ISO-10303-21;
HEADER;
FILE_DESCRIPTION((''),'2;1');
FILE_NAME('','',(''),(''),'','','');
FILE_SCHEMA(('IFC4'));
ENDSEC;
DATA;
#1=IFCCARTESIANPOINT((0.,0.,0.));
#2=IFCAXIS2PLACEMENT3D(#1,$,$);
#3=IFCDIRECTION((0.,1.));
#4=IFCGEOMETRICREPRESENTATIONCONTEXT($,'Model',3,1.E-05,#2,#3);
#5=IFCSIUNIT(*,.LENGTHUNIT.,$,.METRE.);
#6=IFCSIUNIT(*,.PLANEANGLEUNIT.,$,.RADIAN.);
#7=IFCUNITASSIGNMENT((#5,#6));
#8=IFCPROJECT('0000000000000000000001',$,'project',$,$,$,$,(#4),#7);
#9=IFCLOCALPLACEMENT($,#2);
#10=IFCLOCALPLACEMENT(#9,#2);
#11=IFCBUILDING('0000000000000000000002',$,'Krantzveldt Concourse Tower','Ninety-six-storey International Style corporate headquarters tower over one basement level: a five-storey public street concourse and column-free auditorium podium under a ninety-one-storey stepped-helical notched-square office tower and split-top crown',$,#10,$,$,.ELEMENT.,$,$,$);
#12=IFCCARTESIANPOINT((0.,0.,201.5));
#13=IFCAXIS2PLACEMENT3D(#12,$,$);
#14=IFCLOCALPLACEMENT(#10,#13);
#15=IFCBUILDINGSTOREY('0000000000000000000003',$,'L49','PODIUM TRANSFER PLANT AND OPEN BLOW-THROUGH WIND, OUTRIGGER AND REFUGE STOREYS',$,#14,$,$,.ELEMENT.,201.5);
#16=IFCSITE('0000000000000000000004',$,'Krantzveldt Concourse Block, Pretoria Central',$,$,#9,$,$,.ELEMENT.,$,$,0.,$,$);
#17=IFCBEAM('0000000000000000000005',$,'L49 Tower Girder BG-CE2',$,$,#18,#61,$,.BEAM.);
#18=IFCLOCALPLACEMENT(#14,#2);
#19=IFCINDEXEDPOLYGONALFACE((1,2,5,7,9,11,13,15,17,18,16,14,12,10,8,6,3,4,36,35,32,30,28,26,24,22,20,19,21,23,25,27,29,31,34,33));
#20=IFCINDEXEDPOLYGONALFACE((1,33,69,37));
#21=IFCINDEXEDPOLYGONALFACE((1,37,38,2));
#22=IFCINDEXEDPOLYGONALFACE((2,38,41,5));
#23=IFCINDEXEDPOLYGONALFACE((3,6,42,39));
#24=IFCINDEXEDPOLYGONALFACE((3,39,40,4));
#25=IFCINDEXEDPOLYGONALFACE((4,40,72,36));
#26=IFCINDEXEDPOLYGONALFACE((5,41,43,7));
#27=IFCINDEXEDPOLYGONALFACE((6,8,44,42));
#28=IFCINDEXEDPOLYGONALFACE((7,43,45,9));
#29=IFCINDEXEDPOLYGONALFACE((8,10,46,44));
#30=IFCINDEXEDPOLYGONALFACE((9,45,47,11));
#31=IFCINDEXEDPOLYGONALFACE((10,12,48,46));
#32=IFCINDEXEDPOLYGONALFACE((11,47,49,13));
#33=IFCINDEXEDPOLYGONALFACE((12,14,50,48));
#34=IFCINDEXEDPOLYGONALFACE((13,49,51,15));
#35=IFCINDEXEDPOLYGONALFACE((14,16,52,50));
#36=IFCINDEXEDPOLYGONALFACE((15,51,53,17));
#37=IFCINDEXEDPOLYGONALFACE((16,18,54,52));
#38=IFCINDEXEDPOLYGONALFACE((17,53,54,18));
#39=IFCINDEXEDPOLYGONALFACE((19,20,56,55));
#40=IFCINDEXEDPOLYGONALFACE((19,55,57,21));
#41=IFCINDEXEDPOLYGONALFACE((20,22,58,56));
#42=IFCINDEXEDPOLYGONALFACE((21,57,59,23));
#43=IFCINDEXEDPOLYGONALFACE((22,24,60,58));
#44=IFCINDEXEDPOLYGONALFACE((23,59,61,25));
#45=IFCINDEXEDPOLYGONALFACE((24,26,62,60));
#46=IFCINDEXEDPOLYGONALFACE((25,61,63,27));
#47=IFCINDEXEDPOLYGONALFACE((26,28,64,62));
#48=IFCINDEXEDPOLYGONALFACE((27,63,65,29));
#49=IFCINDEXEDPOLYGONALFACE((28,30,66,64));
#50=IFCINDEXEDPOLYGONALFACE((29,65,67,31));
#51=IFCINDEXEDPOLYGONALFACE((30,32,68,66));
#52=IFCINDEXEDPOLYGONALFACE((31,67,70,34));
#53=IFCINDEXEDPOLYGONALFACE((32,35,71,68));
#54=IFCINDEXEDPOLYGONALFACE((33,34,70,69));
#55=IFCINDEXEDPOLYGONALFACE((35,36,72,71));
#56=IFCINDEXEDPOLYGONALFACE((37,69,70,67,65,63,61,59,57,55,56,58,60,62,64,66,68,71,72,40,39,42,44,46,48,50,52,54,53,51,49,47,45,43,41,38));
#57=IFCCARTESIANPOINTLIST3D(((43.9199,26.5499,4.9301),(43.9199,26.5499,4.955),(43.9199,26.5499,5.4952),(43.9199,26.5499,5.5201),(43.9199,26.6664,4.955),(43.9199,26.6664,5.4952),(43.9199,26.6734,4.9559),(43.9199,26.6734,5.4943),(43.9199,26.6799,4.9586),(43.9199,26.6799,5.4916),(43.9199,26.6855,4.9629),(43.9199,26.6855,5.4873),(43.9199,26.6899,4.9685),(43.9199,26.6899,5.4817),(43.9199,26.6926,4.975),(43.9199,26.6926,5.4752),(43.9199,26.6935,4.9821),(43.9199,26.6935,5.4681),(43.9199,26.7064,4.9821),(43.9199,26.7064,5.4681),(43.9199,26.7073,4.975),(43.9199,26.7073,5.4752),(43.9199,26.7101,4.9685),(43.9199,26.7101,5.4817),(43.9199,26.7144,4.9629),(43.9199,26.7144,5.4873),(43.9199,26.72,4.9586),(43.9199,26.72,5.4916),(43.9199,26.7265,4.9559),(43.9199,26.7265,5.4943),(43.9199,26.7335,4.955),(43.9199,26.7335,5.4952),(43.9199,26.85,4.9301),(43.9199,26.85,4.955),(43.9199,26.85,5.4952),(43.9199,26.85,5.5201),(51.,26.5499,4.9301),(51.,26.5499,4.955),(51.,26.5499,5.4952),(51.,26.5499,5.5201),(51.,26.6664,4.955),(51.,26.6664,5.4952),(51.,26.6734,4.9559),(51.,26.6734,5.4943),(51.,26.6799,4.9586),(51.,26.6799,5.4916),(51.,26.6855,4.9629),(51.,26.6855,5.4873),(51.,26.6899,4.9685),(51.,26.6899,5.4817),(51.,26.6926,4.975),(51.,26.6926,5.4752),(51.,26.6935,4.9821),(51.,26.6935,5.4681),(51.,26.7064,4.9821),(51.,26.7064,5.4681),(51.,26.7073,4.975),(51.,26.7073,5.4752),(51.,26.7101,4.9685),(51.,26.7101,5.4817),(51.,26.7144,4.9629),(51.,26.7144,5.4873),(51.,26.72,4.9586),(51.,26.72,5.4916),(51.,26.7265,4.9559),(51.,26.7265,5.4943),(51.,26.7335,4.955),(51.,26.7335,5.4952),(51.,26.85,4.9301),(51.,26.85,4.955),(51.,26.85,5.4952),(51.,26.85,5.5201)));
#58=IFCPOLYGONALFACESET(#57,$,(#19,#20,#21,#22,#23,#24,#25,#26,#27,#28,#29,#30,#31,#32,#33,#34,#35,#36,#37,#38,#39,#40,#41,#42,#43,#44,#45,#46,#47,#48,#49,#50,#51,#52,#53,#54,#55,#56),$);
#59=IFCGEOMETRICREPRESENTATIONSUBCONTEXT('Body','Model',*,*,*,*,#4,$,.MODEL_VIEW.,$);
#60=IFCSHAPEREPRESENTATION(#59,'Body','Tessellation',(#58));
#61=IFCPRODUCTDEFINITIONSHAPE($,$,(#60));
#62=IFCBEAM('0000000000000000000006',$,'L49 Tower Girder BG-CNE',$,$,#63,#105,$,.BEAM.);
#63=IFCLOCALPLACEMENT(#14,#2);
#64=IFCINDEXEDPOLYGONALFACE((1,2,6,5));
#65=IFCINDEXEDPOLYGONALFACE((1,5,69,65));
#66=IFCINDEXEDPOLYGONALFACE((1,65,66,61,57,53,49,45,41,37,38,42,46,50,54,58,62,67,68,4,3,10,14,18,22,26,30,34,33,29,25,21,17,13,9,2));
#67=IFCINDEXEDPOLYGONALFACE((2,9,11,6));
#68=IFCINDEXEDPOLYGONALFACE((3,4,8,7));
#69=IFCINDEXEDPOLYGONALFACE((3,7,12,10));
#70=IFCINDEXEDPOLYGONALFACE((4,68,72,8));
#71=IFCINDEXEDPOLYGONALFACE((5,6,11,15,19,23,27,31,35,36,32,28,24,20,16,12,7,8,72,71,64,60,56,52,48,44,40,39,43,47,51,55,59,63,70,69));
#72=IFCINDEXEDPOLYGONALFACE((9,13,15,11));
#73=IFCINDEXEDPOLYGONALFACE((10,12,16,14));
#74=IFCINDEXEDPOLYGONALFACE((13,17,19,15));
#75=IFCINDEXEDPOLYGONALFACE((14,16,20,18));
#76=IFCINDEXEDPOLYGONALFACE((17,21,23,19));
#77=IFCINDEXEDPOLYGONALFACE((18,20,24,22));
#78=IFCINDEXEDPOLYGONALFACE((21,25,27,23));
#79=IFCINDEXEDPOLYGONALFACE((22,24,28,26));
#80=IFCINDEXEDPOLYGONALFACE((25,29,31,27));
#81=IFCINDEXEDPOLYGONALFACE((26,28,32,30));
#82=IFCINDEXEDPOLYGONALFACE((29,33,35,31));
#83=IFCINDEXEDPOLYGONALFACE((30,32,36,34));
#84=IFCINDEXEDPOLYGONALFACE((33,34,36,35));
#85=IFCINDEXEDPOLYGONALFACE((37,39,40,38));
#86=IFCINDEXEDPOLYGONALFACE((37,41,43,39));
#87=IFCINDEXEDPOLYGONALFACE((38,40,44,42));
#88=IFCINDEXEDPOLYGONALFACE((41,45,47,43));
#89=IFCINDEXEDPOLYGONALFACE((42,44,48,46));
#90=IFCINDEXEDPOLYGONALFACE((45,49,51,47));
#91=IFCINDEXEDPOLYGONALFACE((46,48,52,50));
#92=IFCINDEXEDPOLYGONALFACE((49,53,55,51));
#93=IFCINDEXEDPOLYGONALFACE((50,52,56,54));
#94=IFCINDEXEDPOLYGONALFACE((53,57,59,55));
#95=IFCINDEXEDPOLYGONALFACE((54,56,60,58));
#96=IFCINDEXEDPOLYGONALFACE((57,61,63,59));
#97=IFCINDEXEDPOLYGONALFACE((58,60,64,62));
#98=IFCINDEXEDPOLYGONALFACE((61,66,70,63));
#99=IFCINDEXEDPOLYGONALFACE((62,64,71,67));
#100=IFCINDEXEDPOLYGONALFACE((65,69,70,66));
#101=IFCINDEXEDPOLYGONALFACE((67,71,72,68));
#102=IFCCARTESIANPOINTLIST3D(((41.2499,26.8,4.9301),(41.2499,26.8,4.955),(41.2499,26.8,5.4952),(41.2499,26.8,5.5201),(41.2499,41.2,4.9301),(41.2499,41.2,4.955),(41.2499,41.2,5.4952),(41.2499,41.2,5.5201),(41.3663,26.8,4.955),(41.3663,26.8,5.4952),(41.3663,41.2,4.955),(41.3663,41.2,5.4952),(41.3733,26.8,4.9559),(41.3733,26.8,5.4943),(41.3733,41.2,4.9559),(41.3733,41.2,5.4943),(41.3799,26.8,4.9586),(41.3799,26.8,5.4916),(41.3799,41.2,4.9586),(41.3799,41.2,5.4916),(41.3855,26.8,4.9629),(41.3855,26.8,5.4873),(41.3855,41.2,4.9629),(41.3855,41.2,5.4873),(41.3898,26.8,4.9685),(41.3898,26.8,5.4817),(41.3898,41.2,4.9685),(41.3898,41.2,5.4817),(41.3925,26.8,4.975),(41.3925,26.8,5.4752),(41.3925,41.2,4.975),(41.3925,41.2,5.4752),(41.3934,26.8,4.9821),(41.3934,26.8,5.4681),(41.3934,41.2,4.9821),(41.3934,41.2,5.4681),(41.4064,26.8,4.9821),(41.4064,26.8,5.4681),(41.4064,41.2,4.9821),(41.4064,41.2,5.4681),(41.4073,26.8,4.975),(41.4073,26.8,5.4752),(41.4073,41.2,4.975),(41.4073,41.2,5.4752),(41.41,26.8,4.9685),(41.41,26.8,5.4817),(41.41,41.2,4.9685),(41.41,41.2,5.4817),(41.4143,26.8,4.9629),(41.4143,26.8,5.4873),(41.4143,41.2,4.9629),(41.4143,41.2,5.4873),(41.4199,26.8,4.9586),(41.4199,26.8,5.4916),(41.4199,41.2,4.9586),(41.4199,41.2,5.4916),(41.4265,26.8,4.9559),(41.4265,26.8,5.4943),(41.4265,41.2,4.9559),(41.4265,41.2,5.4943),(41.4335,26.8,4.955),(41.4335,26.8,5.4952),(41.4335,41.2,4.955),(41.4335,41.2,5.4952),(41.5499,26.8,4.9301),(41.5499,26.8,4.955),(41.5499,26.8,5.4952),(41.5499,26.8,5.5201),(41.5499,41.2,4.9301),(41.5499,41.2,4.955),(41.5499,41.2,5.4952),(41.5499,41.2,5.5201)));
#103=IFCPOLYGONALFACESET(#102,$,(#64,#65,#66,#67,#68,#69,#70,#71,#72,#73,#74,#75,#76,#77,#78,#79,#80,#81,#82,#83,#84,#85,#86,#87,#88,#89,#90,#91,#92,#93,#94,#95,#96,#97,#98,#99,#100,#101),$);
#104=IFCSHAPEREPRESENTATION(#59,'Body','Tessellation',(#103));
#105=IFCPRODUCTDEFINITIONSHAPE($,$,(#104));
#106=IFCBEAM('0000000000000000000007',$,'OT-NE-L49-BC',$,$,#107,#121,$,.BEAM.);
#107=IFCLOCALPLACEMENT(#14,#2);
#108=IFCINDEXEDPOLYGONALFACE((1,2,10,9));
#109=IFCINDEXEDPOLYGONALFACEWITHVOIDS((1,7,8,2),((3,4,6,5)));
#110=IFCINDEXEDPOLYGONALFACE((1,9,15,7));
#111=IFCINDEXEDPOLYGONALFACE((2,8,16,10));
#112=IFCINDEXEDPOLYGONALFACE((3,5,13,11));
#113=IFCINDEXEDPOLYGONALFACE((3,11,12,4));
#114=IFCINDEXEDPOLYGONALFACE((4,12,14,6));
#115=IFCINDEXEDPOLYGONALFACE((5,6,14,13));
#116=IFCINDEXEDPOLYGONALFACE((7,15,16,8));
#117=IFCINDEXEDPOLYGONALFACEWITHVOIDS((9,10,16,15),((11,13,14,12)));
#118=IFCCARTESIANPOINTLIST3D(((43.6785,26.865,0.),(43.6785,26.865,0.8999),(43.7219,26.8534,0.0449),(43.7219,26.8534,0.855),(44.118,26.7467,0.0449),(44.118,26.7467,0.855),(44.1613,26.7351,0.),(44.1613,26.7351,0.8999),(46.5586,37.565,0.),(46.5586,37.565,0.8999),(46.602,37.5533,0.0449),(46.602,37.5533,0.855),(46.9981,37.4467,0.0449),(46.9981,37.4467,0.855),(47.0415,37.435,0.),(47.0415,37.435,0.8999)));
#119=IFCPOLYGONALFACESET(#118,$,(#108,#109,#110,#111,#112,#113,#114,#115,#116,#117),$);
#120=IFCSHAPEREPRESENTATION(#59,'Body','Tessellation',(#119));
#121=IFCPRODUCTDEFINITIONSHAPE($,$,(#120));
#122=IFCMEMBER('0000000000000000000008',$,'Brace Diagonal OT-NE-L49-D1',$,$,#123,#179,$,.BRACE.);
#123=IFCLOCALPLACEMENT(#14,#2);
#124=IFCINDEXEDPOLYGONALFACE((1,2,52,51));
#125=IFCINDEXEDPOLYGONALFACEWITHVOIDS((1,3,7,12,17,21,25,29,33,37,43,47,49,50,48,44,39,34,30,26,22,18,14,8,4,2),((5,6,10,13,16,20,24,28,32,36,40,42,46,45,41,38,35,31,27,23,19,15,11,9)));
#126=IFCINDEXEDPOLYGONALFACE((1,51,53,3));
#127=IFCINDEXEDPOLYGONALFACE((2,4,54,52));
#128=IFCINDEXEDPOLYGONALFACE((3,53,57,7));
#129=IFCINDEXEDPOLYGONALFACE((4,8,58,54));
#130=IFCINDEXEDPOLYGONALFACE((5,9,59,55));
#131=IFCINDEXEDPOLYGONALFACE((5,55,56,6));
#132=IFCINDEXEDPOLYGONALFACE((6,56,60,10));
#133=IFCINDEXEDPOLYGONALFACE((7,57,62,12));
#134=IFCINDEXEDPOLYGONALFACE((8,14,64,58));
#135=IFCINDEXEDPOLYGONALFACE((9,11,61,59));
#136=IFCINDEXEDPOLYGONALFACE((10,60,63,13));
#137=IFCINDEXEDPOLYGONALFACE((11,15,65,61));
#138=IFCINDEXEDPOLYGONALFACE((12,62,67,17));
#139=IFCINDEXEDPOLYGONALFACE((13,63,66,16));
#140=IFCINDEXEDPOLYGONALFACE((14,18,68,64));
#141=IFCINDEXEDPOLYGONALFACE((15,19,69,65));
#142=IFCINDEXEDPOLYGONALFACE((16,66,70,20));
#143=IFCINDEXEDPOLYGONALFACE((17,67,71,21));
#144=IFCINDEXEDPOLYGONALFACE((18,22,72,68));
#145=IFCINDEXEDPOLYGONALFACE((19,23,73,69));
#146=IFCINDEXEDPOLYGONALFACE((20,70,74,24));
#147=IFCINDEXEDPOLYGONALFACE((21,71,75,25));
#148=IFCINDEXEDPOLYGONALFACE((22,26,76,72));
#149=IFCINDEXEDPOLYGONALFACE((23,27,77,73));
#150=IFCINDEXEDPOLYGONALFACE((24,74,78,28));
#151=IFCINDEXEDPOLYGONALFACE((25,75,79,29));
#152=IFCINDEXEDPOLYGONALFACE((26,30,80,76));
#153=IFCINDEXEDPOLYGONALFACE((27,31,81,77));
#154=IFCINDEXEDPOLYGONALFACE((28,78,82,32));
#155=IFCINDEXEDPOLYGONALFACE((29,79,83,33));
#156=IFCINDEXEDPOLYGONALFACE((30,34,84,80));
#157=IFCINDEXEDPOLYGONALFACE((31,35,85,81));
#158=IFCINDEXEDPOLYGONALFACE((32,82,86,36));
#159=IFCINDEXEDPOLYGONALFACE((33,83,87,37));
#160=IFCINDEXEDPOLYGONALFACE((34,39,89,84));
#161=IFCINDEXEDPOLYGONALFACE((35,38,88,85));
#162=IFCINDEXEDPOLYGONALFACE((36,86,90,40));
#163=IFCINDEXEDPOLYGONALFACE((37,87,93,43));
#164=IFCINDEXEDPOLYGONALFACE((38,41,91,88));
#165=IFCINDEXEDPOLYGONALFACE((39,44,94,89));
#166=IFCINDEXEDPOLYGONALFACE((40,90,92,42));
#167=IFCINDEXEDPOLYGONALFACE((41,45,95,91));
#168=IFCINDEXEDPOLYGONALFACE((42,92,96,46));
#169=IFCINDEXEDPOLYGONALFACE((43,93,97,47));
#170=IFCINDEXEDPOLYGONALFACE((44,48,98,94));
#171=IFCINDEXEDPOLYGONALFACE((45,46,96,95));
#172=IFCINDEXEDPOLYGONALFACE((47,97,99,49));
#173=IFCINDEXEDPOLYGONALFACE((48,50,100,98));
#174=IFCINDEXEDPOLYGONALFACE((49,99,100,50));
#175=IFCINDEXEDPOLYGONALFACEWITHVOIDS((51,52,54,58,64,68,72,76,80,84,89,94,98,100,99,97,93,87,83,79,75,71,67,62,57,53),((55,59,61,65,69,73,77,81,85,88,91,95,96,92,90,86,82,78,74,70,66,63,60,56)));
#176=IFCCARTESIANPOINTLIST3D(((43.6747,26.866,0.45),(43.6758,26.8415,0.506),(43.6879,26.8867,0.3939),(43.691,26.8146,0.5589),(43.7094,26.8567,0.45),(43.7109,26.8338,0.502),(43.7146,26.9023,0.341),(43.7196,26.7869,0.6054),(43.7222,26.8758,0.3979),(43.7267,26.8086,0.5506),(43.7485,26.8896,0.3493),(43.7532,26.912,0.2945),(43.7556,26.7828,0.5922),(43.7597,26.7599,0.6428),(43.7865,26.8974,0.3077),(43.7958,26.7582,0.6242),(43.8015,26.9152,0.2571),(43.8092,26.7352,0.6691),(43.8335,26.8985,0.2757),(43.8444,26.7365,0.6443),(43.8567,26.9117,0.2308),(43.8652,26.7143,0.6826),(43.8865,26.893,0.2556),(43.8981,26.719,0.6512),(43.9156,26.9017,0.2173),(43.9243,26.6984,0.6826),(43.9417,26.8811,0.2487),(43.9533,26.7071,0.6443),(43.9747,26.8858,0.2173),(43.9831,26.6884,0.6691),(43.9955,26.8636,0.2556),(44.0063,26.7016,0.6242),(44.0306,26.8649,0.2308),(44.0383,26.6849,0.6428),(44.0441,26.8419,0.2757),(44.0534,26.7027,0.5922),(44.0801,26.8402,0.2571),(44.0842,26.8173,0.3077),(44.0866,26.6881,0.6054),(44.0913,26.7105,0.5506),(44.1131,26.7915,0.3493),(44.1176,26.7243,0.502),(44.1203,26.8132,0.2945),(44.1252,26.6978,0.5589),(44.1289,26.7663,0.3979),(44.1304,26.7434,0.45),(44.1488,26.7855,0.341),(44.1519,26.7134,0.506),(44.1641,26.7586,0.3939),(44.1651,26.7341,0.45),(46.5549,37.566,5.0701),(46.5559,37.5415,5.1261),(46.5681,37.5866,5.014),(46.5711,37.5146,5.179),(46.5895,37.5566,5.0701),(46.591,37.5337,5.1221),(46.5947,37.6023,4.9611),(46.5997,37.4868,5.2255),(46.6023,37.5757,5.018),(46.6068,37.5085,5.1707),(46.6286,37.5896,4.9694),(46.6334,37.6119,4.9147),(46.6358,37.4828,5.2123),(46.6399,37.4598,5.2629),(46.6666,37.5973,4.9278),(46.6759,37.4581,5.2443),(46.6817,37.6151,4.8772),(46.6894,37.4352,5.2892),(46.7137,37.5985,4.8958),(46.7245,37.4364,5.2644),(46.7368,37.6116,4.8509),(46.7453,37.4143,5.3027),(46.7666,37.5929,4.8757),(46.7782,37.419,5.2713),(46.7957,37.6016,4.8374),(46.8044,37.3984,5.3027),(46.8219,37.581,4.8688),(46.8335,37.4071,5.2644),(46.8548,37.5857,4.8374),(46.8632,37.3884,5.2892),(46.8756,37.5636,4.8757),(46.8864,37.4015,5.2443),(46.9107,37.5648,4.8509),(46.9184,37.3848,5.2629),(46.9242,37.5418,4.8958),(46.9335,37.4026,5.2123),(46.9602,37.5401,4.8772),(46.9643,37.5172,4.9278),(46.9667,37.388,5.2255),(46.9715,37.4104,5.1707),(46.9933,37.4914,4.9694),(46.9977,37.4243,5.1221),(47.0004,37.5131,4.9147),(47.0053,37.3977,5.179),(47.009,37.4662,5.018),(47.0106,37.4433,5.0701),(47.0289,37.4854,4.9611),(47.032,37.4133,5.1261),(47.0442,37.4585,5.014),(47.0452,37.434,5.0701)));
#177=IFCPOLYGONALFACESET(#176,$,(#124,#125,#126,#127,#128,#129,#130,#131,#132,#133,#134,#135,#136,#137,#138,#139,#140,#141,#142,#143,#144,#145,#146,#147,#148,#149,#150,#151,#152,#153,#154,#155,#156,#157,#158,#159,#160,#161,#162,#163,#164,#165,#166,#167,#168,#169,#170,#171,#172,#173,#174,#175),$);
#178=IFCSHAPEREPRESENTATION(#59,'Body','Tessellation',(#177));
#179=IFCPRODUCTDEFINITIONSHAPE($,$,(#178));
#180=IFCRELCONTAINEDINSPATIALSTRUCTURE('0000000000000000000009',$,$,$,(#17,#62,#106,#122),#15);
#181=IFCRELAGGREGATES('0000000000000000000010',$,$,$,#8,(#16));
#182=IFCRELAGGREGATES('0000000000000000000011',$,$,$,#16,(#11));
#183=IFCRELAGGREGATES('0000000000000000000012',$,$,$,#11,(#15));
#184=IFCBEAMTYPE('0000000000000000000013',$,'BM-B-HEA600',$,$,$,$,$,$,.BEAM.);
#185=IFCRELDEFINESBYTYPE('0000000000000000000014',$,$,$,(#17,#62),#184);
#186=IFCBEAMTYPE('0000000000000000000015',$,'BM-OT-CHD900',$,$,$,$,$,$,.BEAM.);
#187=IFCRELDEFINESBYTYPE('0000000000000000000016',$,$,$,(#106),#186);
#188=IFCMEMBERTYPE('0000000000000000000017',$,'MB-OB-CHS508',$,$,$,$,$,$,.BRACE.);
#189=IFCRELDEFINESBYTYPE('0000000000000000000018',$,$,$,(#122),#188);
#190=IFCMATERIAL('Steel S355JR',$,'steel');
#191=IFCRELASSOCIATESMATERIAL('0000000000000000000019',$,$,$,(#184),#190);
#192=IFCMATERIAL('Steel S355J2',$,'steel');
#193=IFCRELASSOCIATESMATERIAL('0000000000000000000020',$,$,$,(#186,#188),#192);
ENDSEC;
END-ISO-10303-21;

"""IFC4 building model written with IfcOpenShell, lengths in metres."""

from ifc_helpers import new_model, si_unit, direction, frame, origin, origin_2d, place, context, subcontext, project, spatial, hollow_rectangle, hollow_circle, i_section, extrude, source, transform, mapped, material, material_profile, profile_set, type_object, type_shapes, element, save


model = new_model("IFC4")

# Units and contexts
model_context = context("Model", 3, precision=1e-05, world=origin(), true_north=direction((0.0, 1.0)))
body_context = subcontext(model_context, "Body", "Model", "MODEL_VIEW")
ifc_project = project(units=[si_unit("LENGTHUNIT", "METRE"), si_unit("PLANEANGLEUNIT", "RADIAN")], contexts=[model_context])

# Site, building, storey
site_placement = place(None, origin())
site = spatial("IfcSite", under=ifc_project, at=site_placement, Name="Krantzveldt Concourse Block, Pretoria Central", CompositionType="ELEMENT", RefElevation=0.0)
building_placement = place(site_placement, origin())
building = spatial("IfcBuilding", under=site, at=building_placement, Name="Krantzveldt Concourse Tower", Description="Ninety-six-storey International Style corporate headquarters tower over one basement level: a five-storey public street concourse and column-free auditorium podium under a ninety-one-storey stepped-helical notched-square office tower and split-top crown", CompositionType="ELEMENT")
storey_placement = place(building_placement, frame((0.0, 0.0, 201.5)))
storey = spatial("IfcBuildingStorey", under=building, at=storey_placement, Name="L49", Description="PODIUM TRANSFER PLANT AND OPEN BLOW-THROUGH WIND, OUTRIGGER AND REFUGE STOREYS", CompositionType="ELEMENT", Elevation=201.5)

# Beams
ifc_material_1 = material(Name="Steel S355JR", Category="steel")
ifc_material_profile_1 = material_profile(ifc_material_1, i_section(OverallWidth=0.3, OverallDepth=0.5901, WebThickness=0.0129, FlangeThickness=0.0249, FilletRadius=0.0271, at=origin_2d()), Name="Steel S355JR", Category="steel")
ifc_profile_set_1 = profile_set([ifc_material_profile_1], Name="Steel S355JR - HEA 600")
beam_type_1 = type_object("IfcBeamType", Name="BM-B-HEA600", PredefinedType="BEAM", material=ifc_profile_set_1)
shared_shape_1 = source(origin(), body_context, "Body", "SweptSolid", [
    extrude(i_section(OverallWidth=0.3, OverallDepth=0.5901, WebThickness=0.0129, FlangeThickness=0.0249, FilletRadius=0.0271, at=origin_2d()), origin(), (0.0, 0.0, 1.0), 7.0801),
])
beam_1_placement = place(storey_placement, frame((43.9199, 26.7, 5.2251), z_axis=(1.0, 0.0, 0.0), x_axis=(0.0, 1.0, 0.0)))
element("IfcBeam", 1, at=beam_1_placement, inside=storey, type_object=beam_type_1, Name="L49 Tower Girder BG-CE2", PredefinedType="BEAM", context=body_context, shape_type="MappedRepresentation", body=[
    mapped(shared_shape_1, transform((0.0, 0.0, 0.0), x_axis=(1.0, 0.0, 0.0), y_axis=(0.0, 1.0, 0.0), z_axis=(0.0, 0.0, 1.0), scale=1.0)),
])
shared_shape_2 = source(origin(), body_context, "Body", "SweptSolid", [
    extrude(i_section(OverallWidth=0.3, OverallDepth=0.5901, WebThickness=0.0129, FlangeThickness=0.0249, FilletRadius=0.0271, at=origin_2d()), origin(), (0.0, 0.0, 1.0), 14.3999),
])
type_shapes(beam_type_1, [shared_shape_1, shared_shape_2])
beam_2_placement = place(storey_placement, frame((41.3999, 26.8, 5.2251), z_axis=(0.0, 1.0, 0.0), x_axis=(-1.0, 0.0, 0.0)))
element("IfcBeam", 2, at=beam_2_placement, inside=storey, type_object=beam_type_1, Name="L49 Tower Girder BG-CNE", PredefinedType="BEAM", context=body_context, shape_type="MappedRepresentation", body=[
    mapped(shared_shape_2, transform((0.0, 0.0, 0.0), x_axis=(1.0, 0.0, 0.0), y_axis=(0.0, 1.0, 0.0), z_axis=(0.0, 0.0, 1.0), scale=1.0)),
])
ifc_material_2 = material(Name="Steel S355J2", Category="steel")
ifc_material_profile_2 = material_profile(ifc_material_2, hollow_rectangle(XDim=0.5, YDim=0.8999, WallThickness=0.0449, at=origin_2d()), Name="Steel S355J2", Category="steel")
ifc_profile_set_2 = profile_set([ifc_material_profile_2], Name="Steel S355J2 - RHS 900x500x45")
beam_type_2 = type_object("IfcBeamType", Name="BM-OT-CHD900", PredefinedType="BEAM", material=ifc_profile_set_2)
shared_shape_3 = source(origin(), body_context, "Body", "SweptSolid", [
    extrude(hollow_rectangle(XDim=0.5, YDim=0.8999, WallThickness=0.0449, at=origin_2d()), origin(), (0.0, 0.0, 1.0), 11.0808),
])
type_shapes(beam_type_2, [shared_shape_3])
beam_3_placement = place(storey_placement, frame((43.9199, 26.8, 0.45), z_axis=(0.259921, 0.96563, 0.0), x_axis=(-0.96563, 0.259921, 0.0)))
element("IfcBeam", 3, at=beam_3_placement, inside=storey, type_object=beam_type_2, Name="OT-NE-L49-BC", PredefinedType="BEAM", context=body_context, shape_type="MappedRepresentation", body=[
    mapped(shared_shape_3, transform((0.0, 0.0, 0.0), x_axis=(1.0, 0.0, 0.0), y_axis=(0.0, 1.0, 0.0), z_axis=(0.0, 0.0, 1.0), scale=1.0)),
])

# Member
ifc_material_profile_3 = material_profile(ifc_material_2, hollow_circle(Radius=0.2539, WallThickness=0.0359, at=origin_2d()), Name="Steel S355J2", Category="steel")
ifc_profile_set_3 = profile_set([ifc_material_profile_3], Name="Steel S355J2 - CHS 508x36")
member_type = type_object("IfcMemberType", Name="MB-OB-CHS508", PredefinedType="BRACE", material=ifc_profile_set_3)
shared_shape_4 = source(origin(), body_context, "Body", "SweptSolid", [
    extrude(hollow_circle(Radius=0.2539, WallThickness=0.0359, at=origin_2d()), origin(), (0.0, 0.0, 1.0), 12.0054),
])
member_1_placement = place(storey_placement, frame((43.9199, 26.8, 0.45), z_axis=(0.239903, 0.891262, 0.384837), x_axis=(-0.96563, 0.259921, 0.0)))
element("IfcMember", 4, at=member_1_placement, inside=storey, type_object=member_type, Name="Brace Diagonal OT-NE-L49-D1", PredefinedType="BRACE", context=body_context, shape_type="MappedRepresentation", body=[
    mapped(shared_shape_4, transform((0.0, 0.0, 0.0), x_axis=(1.0, 0.0, 0.0), y_axis=(0.0, 1.0, 0.0), z_axis=(0.0, 0.0, 1.0), scale=1.0)),
])

save(model, "model.ifc")
